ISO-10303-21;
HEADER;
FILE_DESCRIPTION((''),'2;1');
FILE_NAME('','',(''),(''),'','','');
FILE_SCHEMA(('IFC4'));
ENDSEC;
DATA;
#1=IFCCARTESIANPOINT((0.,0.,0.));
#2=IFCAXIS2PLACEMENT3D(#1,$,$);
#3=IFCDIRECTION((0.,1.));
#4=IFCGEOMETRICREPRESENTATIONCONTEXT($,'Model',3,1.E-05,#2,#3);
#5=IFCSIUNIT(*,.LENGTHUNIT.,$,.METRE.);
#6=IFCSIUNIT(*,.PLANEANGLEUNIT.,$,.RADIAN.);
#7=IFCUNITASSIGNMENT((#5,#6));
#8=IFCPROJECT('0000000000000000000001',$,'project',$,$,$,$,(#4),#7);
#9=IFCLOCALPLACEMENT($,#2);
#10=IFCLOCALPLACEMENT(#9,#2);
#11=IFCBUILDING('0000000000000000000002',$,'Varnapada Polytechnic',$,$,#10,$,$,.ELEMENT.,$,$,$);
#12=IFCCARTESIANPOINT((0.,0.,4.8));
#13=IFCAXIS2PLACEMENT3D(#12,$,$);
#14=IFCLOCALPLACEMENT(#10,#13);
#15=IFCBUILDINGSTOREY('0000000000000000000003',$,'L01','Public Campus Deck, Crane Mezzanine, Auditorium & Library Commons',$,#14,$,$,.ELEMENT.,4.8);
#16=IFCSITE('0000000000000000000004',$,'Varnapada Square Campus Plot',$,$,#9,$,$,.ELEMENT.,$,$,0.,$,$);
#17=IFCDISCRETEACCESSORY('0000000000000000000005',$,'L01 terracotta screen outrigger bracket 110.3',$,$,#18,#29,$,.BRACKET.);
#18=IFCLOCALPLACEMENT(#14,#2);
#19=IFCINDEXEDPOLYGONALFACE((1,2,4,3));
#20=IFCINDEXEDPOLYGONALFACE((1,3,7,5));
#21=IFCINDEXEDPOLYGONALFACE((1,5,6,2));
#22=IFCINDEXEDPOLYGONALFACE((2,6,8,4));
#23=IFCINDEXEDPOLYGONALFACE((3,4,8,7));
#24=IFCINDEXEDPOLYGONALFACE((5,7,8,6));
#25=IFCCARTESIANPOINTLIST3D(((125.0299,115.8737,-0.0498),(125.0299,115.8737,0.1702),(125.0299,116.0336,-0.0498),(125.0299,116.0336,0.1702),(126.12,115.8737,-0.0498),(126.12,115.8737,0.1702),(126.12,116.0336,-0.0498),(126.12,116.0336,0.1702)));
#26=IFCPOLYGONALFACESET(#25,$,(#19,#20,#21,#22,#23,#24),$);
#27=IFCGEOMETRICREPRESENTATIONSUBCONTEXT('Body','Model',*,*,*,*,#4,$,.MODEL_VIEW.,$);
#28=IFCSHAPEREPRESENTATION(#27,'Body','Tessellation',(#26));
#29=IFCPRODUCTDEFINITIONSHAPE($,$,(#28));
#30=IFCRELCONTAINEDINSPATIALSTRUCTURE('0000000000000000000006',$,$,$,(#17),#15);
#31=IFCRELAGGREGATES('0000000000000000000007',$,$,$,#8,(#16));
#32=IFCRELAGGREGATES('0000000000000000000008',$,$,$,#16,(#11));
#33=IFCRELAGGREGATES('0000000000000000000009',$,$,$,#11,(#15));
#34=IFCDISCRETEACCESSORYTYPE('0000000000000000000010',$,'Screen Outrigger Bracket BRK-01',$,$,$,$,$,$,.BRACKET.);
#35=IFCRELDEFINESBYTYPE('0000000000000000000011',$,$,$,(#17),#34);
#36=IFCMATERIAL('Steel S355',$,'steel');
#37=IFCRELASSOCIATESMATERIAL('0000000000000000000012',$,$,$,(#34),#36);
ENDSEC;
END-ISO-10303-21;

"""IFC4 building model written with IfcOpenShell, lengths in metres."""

from ifc_helpers import new_model, si_unit, direction, frame, origin, origin_2d, place, context, subcontext, project, spatial, rectangle, extrude, material, type_object, element, save


model = new_model("IFC4")

# Units and contexts
model_context = context("Model", 3, precision=1e-05, world=origin(), true_north=direction((0.0, 1.0)))
body_context = subcontext(model_context, "Body", "Model", "MODEL_VIEW")
ifc_project = project(units=[si_unit("LENGTHUNIT", "METRE"), si_unit("PLANEANGLEUNIT", "RADIAN")], contexts=[model_context])

# Site, building, storey
site_placement = place(None, origin())
site = spatial("IfcSite", under=ifc_project, at=site_placement, Name="Varnapada Square Campus Plot", CompositionType="ELEMENT", RefElevation=0.0)
building_placement = place(site_placement, origin())
building = spatial("IfcBuilding", under=site, at=building_placement, Name="Varnapada Polytechnic", CompositionType="ELEMENT")
storey_placement = place(building_placement, frame((0.0, 0.0, 4.8)))
storey = spatial("IfcBuildingStorey", under=building, at=storey_placement, Name="L01", Description="Public Campus Deck, Crane Mezzanine, Auditorium & Library Commons", CompositionType="ELEMENT", Elevation=4.8)

# Shared definitions
ifc_material_1 = material(Name="Steel S355", Category="steel")

# Discrete accessory
discrete_accessory_type = type_object("IfcDiscreteAccessoryType", Name="Screen Outrigger Bracket BRK-01", PredefinedType="BRACKET", material=ifc_material_1)
for number, where, z_axis, x_axis, name in (
    (1, (125.575, 115.9536, -0.0498), (0.0, 0.0, 1.0), (0.0, 1.0, 0.0), "L01 terracotta screen outrigger bracket 110.3"),
):
    element("IfcDiscreteAccessory", number, at=place(storey_placement, frame(where, z_axis=z_axis, x_axis=x_axis)), inside=storey, type_object=discrete_accessory_type, Name=name, PredefinedType="BRACKET", context=body_context, shape_type="SweptSolid", body=[
        extrude(rectangle(XDim=0.1599, YDim=1.0901, at=origin_2d()), origin(), (0.0, 0.0, 1.0), 0.22),
    ])

save(model, "model.ifc")
